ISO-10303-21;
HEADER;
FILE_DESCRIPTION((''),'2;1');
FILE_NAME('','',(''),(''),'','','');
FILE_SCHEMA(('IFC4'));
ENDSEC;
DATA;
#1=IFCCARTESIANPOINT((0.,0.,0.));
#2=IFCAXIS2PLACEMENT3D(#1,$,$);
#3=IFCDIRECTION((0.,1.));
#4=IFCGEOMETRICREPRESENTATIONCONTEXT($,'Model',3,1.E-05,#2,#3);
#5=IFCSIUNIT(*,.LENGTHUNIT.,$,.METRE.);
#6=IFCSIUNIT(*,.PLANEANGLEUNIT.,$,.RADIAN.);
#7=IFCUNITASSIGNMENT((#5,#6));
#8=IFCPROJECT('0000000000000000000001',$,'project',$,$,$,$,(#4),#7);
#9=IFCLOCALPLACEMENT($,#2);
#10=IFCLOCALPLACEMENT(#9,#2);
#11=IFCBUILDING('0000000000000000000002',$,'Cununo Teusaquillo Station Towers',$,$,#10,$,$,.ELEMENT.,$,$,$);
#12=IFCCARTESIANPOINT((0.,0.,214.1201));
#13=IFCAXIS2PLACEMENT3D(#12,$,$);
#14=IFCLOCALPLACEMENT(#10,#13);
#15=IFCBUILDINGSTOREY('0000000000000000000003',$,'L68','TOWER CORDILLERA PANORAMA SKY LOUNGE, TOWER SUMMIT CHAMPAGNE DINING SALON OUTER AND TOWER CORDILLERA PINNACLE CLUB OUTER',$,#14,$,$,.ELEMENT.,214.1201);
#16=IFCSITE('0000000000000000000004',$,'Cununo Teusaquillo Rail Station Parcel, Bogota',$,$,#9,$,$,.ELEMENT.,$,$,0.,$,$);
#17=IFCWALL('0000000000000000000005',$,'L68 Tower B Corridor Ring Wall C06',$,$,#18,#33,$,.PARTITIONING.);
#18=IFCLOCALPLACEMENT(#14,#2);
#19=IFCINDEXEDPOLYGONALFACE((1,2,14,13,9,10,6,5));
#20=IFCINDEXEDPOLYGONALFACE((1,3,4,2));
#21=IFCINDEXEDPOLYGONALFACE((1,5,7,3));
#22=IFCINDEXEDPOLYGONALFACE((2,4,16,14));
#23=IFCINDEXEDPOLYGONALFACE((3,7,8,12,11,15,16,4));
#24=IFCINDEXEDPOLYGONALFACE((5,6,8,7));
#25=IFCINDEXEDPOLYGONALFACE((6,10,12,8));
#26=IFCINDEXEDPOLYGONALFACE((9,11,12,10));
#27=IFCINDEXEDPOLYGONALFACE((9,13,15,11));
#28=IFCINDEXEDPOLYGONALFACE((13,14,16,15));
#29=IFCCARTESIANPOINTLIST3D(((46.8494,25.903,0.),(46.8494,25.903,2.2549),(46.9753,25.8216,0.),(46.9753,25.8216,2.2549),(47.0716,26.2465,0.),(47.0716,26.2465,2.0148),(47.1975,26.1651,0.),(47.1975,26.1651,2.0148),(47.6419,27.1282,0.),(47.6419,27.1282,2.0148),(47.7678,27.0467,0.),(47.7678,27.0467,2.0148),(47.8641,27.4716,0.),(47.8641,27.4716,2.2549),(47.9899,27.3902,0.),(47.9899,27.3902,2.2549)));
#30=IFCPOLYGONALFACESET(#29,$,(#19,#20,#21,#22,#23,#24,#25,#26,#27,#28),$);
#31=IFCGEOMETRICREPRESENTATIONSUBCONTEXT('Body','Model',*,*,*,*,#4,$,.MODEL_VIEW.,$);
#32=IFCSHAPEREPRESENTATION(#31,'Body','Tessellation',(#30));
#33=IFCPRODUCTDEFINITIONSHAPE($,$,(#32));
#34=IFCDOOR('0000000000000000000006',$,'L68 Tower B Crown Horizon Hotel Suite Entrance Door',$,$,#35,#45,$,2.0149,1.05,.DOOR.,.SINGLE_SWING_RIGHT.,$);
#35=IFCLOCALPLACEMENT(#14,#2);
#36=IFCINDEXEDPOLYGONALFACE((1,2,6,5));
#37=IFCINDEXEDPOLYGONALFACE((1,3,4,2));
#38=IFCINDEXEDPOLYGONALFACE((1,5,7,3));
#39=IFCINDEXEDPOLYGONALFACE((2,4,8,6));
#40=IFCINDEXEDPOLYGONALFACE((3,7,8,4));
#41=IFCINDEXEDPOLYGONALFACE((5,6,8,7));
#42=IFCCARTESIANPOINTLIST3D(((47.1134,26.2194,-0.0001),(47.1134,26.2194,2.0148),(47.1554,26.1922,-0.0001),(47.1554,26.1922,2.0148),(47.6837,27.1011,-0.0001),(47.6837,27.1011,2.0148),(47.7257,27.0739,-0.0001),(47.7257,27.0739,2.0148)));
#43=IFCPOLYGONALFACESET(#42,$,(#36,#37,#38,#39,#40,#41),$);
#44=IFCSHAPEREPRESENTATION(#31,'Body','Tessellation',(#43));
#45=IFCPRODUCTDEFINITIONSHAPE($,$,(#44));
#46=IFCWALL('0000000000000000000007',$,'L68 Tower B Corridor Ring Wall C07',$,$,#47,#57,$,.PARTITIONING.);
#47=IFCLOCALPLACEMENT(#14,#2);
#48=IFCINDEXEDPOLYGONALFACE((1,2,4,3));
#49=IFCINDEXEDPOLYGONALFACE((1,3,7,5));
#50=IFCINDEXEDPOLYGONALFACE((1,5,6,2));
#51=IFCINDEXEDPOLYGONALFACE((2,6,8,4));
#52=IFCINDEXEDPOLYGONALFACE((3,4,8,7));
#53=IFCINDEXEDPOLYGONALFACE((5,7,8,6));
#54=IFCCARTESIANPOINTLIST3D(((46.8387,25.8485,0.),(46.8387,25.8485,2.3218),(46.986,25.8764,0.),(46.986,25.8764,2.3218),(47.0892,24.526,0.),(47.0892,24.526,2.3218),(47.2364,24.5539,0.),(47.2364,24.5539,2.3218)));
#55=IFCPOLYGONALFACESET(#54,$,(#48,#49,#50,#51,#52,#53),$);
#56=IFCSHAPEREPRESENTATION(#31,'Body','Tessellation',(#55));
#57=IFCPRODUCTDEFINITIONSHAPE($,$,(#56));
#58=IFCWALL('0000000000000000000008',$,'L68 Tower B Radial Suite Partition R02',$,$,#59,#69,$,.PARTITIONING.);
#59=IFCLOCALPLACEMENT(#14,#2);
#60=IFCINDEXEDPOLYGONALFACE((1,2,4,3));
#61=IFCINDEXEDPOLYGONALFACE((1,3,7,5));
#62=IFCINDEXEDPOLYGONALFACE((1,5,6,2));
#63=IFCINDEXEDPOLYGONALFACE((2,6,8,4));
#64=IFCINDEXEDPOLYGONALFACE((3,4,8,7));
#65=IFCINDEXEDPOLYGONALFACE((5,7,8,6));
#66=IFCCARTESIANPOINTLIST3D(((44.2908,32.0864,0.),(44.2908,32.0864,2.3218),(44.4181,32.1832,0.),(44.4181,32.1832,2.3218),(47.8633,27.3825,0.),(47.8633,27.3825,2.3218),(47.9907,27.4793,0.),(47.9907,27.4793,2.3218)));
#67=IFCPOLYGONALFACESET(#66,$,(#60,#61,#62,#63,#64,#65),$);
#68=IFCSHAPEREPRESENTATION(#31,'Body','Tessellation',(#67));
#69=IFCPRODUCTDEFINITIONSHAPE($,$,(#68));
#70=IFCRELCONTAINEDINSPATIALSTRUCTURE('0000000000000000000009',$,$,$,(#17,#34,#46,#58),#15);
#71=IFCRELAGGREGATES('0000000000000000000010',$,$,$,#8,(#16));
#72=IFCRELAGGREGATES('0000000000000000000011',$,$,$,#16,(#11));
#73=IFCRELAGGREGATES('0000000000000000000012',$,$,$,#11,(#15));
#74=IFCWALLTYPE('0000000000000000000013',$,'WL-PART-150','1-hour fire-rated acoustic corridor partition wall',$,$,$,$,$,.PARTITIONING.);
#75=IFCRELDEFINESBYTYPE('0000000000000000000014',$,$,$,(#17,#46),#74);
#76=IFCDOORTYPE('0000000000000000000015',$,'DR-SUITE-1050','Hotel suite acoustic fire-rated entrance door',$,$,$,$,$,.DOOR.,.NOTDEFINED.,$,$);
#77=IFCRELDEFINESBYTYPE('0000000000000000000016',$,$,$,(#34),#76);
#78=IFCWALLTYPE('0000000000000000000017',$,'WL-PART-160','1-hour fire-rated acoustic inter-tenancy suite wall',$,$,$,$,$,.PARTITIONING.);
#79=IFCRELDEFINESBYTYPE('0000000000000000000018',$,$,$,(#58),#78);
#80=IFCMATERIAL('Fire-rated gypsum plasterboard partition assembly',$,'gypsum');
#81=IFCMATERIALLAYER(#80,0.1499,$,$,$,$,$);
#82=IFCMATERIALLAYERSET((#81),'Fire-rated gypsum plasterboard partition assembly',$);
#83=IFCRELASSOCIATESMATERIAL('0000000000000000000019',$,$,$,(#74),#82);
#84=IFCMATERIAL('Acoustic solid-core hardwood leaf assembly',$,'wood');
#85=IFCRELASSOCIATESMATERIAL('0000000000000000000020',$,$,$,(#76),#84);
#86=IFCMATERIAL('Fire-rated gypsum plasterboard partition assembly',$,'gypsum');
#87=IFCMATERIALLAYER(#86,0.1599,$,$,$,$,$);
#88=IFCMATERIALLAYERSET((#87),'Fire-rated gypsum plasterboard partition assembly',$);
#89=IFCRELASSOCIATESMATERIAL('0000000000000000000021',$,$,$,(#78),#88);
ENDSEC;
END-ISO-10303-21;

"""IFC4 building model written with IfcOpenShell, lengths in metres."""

from ifc_helpers import new_model, si_unit, direction, frame, frame_2d, origin, place, context, subcontext, project, spatial, rectangle, extrude, source, transform, mapped, material, layer, layer_set, type_object, element, fill, save


model = new_model("IFC4")

# Units and contexts
model_context = context("Model", 3, precision=1e-05, world=origin(), true_north=direction((0.0, 1.0)))
body_context = subcontext(model_context, "Body", "Model", "MODEL_VIEW")
ifc_project = project(units=[si_unit("LENGTHUNIT", "METRE"), si_unit("PLANEANGLEUNIT", "RADIAN")], contexts=[model_context])

# Site, building, storey
site_placement = place(None, origin())
site = spatial("IfcSite", under=ifc_project, at=site_placement, Name="Cununo Teusaquillo Rail Station Parcel, Bogota", CompositionType="ELEMENT", RefElevation=0.0)
building_placement = place(site_placement, origin())
building = spatial("IfcBuilding", under=site, at=building_placement, Name="Cununo Teusaquillo Station Towers", CompositionType="ELEMENT")
storey_placement = place(building_placement, frame((0.0, 0.0, 214.1201)))
storey = spatial("IfcBuildingStorey", under=building, at=storey_placement, Name="L68", Description="TOWER CORDILLERA PANORAMA SKY LOUNGE, TOWER SUMMIT CHAMPAGNE DINING SALON OUTER AND TOWER CORDILLERA PINNACLE CLUB OUTER", CompositionType="ELEMENT", Elevation=214.1201)

# Wall, opening, door
ifc_material_1 = material(Name="Fire-rated gypsum plasterboard partition assembly", Category="gypsum")
ifc_layer_1 = layer(ifc_material_1, 0.1499)
ifc_layer_set_1 = layer_set([ifc_layer_1], Name="Fire-rated gypsum plasterboard partition assembly")
wall_type_1 = type_object("IfcWallType", Name="WL-PART-150", Description="1-hour fire-rated acoustic corridor partition wall", PredefinedType="PARTITIONING", material=ifc_layer_set_1)
wall_1_placement = place(storey_placement, frame((47.927, 27.4309, 0.0), z_axis=(0.0, 0.0, 1.0), x_axis=(-0.543127, -0.839651, 0.0)))
wall_1 = element("IfcWall", 1, at=wall_1_placement, inside=storey, type_object=wall_type_1, Name="L68 Tower B Corridor Ring Wall C06", PredefinedType="PARTITIONING", context=body_context, shape_type="SweptSolid", body=[
    extrude(rectangle(XDim=1.8682, YDim=0.1499, at=frame_2d((0.9341, 0.0))), origin(), (0.0, 0.0, 1.0), 2.2549),
])
shared_shape_1 = source(origin(), body_context, "Body", "SweptSolid", [
    extrude(rectangle(XDim=1.05, YDim=2.0149, at=frame_2d((0.5249, 1.0073))), frame((0.0, 0.085, 0.0), z_axis=(0.0, -1.0, 0.0), x_axis=(1.0, 0.0, 0.0)), (0.0, 0.0, 1.0), 0.1699),
])
opening_1_placement = place(wall_1_placement, frame((0.4092, 0.0, 0.0)))
opening_1 = element("IfcOpeningElement", 2, at=opening_1_placement, cuts=wall_1, PredefinedType="OPENING", context=body_context, shape_type="MappedRepresentation", body=[
    mapped(shared_shape_1, transform((0.0, 0.0, 0.0), x_axis=(1.0, 0.0, 0.0), y_axis=(0.0, 1.0, 0.0), z_axis=(0.0, 0.0, 1.0), scale=1.0)),
])
ifc_material_2 = material(Name="Acoustic solid-core hardwood leaf assembly", Category="wood")
door_type_1 = type_object("IfcDoorType", Name="DR-SUITE-1050", Description="Hotel suite acoustic fire-rated entrance door", OperationType="NOTDEFINED", PredefinedType="DOOR", material=ifc_material_2)
shared_shape_2 = source(origin(), body_context, "Body", "SweptSolid", [
    extrude(rectangle(XDim=1.05, YDim=2.0149, at=frame_2d((0.5249, 1.0073))), frame((0.0, 0.0249, 0.0), z_axis=(0.0, -1.0, 0.0), x_axis=(1.0, 0.0, 0.0)), (0.0, 0.0, 1.0), 0.05),
])
door_1_placement = place(opening_1_placement, origin())
door_1 = element("IfcDoor", 3, at=door_1_placement, inside=storey, type_object=door_type_1, Name="L68 Tower B Crown Horizon Hotel Suite Entrance Door", OperationType="SINGLE_SWING_RIGHT", OverallHeight=2.0149, OverallWidth=1.05, PredefinedType="DOOR", context=body_context, shape_type="MappedRepresentation", body=[
    mapped(shared_shape_2, transform((0.0, 0.0, 0.0), x_axis=(1.0, 0.0, 0.0), y_axis=(0.0, 1.0, 0.0), z_axis=(0.0, 0.0, 1.0), scale=1.0)),
])
fill(opening_1, door_1)

# Walls
wall_2_placement = place(storey_placement, frame((46.9124, 25.8623, 0.0), z_axis=(0.0, 0.0, 1.0), x_axis=(0.186095, -0.982532, 0.0)))
element("IfcWall", 4, at=wall_2_placement, inside=storey, type_object=wall_type_1, Name="L68 Tower B Corridor Ring Wall C07", PredefinedType="PARTITIONING", context=body_context, shape_type="SweptSolid", body=[
    extrude(rectangle(XDim=1.3459, YDim=0.1499, at=frame_2d((0.6729, 0.0))), origin(), (0.0, 0.0, 1.0), 2.3218),
])
ifc_material_3 = material(Name="Fire-rated gypsum plasterboard partition assembly", Category="gypsum")
ifc_layer_2 = layer(ifc_material_3, 0.1599)
ifc_layer_set_2 = layer_set([ifc_layer_2], Name="Fire-rated gypsum plasterboard partition assembly")
wall_type_2 = type_object("IfcWallType", Name="WL-PART-160", Description="1-hour fire-rated acoustic inter-tenancy suite wall", PredefinedType="PARTITIONING", material=ifc_layer_set_2)
wall_3_placement = place(storey_placement, frame((47.927, 27.4309, 0.0), z_axis=(0.0, 0.0, 1.0), x_axis=(-0.604823, 0.79636, 0.0)))
element("IfcWall", 5, at=wall_3_placement, inside=storey, type_object=wall_type_2, Name="L68 Tower B Radial Suite Partition R02", PredefinedType="PARTITIONING", context=body_context, shape_type="SweptSolid", body=[
    extrude(rectangle(XDim=5.9067, YDim=0.1599, at=frame_2d((2.9534, 0.0))), origin(), (0.0, 0.0, 1.0), 2.3218),
])

save(model, "model.ifc")
